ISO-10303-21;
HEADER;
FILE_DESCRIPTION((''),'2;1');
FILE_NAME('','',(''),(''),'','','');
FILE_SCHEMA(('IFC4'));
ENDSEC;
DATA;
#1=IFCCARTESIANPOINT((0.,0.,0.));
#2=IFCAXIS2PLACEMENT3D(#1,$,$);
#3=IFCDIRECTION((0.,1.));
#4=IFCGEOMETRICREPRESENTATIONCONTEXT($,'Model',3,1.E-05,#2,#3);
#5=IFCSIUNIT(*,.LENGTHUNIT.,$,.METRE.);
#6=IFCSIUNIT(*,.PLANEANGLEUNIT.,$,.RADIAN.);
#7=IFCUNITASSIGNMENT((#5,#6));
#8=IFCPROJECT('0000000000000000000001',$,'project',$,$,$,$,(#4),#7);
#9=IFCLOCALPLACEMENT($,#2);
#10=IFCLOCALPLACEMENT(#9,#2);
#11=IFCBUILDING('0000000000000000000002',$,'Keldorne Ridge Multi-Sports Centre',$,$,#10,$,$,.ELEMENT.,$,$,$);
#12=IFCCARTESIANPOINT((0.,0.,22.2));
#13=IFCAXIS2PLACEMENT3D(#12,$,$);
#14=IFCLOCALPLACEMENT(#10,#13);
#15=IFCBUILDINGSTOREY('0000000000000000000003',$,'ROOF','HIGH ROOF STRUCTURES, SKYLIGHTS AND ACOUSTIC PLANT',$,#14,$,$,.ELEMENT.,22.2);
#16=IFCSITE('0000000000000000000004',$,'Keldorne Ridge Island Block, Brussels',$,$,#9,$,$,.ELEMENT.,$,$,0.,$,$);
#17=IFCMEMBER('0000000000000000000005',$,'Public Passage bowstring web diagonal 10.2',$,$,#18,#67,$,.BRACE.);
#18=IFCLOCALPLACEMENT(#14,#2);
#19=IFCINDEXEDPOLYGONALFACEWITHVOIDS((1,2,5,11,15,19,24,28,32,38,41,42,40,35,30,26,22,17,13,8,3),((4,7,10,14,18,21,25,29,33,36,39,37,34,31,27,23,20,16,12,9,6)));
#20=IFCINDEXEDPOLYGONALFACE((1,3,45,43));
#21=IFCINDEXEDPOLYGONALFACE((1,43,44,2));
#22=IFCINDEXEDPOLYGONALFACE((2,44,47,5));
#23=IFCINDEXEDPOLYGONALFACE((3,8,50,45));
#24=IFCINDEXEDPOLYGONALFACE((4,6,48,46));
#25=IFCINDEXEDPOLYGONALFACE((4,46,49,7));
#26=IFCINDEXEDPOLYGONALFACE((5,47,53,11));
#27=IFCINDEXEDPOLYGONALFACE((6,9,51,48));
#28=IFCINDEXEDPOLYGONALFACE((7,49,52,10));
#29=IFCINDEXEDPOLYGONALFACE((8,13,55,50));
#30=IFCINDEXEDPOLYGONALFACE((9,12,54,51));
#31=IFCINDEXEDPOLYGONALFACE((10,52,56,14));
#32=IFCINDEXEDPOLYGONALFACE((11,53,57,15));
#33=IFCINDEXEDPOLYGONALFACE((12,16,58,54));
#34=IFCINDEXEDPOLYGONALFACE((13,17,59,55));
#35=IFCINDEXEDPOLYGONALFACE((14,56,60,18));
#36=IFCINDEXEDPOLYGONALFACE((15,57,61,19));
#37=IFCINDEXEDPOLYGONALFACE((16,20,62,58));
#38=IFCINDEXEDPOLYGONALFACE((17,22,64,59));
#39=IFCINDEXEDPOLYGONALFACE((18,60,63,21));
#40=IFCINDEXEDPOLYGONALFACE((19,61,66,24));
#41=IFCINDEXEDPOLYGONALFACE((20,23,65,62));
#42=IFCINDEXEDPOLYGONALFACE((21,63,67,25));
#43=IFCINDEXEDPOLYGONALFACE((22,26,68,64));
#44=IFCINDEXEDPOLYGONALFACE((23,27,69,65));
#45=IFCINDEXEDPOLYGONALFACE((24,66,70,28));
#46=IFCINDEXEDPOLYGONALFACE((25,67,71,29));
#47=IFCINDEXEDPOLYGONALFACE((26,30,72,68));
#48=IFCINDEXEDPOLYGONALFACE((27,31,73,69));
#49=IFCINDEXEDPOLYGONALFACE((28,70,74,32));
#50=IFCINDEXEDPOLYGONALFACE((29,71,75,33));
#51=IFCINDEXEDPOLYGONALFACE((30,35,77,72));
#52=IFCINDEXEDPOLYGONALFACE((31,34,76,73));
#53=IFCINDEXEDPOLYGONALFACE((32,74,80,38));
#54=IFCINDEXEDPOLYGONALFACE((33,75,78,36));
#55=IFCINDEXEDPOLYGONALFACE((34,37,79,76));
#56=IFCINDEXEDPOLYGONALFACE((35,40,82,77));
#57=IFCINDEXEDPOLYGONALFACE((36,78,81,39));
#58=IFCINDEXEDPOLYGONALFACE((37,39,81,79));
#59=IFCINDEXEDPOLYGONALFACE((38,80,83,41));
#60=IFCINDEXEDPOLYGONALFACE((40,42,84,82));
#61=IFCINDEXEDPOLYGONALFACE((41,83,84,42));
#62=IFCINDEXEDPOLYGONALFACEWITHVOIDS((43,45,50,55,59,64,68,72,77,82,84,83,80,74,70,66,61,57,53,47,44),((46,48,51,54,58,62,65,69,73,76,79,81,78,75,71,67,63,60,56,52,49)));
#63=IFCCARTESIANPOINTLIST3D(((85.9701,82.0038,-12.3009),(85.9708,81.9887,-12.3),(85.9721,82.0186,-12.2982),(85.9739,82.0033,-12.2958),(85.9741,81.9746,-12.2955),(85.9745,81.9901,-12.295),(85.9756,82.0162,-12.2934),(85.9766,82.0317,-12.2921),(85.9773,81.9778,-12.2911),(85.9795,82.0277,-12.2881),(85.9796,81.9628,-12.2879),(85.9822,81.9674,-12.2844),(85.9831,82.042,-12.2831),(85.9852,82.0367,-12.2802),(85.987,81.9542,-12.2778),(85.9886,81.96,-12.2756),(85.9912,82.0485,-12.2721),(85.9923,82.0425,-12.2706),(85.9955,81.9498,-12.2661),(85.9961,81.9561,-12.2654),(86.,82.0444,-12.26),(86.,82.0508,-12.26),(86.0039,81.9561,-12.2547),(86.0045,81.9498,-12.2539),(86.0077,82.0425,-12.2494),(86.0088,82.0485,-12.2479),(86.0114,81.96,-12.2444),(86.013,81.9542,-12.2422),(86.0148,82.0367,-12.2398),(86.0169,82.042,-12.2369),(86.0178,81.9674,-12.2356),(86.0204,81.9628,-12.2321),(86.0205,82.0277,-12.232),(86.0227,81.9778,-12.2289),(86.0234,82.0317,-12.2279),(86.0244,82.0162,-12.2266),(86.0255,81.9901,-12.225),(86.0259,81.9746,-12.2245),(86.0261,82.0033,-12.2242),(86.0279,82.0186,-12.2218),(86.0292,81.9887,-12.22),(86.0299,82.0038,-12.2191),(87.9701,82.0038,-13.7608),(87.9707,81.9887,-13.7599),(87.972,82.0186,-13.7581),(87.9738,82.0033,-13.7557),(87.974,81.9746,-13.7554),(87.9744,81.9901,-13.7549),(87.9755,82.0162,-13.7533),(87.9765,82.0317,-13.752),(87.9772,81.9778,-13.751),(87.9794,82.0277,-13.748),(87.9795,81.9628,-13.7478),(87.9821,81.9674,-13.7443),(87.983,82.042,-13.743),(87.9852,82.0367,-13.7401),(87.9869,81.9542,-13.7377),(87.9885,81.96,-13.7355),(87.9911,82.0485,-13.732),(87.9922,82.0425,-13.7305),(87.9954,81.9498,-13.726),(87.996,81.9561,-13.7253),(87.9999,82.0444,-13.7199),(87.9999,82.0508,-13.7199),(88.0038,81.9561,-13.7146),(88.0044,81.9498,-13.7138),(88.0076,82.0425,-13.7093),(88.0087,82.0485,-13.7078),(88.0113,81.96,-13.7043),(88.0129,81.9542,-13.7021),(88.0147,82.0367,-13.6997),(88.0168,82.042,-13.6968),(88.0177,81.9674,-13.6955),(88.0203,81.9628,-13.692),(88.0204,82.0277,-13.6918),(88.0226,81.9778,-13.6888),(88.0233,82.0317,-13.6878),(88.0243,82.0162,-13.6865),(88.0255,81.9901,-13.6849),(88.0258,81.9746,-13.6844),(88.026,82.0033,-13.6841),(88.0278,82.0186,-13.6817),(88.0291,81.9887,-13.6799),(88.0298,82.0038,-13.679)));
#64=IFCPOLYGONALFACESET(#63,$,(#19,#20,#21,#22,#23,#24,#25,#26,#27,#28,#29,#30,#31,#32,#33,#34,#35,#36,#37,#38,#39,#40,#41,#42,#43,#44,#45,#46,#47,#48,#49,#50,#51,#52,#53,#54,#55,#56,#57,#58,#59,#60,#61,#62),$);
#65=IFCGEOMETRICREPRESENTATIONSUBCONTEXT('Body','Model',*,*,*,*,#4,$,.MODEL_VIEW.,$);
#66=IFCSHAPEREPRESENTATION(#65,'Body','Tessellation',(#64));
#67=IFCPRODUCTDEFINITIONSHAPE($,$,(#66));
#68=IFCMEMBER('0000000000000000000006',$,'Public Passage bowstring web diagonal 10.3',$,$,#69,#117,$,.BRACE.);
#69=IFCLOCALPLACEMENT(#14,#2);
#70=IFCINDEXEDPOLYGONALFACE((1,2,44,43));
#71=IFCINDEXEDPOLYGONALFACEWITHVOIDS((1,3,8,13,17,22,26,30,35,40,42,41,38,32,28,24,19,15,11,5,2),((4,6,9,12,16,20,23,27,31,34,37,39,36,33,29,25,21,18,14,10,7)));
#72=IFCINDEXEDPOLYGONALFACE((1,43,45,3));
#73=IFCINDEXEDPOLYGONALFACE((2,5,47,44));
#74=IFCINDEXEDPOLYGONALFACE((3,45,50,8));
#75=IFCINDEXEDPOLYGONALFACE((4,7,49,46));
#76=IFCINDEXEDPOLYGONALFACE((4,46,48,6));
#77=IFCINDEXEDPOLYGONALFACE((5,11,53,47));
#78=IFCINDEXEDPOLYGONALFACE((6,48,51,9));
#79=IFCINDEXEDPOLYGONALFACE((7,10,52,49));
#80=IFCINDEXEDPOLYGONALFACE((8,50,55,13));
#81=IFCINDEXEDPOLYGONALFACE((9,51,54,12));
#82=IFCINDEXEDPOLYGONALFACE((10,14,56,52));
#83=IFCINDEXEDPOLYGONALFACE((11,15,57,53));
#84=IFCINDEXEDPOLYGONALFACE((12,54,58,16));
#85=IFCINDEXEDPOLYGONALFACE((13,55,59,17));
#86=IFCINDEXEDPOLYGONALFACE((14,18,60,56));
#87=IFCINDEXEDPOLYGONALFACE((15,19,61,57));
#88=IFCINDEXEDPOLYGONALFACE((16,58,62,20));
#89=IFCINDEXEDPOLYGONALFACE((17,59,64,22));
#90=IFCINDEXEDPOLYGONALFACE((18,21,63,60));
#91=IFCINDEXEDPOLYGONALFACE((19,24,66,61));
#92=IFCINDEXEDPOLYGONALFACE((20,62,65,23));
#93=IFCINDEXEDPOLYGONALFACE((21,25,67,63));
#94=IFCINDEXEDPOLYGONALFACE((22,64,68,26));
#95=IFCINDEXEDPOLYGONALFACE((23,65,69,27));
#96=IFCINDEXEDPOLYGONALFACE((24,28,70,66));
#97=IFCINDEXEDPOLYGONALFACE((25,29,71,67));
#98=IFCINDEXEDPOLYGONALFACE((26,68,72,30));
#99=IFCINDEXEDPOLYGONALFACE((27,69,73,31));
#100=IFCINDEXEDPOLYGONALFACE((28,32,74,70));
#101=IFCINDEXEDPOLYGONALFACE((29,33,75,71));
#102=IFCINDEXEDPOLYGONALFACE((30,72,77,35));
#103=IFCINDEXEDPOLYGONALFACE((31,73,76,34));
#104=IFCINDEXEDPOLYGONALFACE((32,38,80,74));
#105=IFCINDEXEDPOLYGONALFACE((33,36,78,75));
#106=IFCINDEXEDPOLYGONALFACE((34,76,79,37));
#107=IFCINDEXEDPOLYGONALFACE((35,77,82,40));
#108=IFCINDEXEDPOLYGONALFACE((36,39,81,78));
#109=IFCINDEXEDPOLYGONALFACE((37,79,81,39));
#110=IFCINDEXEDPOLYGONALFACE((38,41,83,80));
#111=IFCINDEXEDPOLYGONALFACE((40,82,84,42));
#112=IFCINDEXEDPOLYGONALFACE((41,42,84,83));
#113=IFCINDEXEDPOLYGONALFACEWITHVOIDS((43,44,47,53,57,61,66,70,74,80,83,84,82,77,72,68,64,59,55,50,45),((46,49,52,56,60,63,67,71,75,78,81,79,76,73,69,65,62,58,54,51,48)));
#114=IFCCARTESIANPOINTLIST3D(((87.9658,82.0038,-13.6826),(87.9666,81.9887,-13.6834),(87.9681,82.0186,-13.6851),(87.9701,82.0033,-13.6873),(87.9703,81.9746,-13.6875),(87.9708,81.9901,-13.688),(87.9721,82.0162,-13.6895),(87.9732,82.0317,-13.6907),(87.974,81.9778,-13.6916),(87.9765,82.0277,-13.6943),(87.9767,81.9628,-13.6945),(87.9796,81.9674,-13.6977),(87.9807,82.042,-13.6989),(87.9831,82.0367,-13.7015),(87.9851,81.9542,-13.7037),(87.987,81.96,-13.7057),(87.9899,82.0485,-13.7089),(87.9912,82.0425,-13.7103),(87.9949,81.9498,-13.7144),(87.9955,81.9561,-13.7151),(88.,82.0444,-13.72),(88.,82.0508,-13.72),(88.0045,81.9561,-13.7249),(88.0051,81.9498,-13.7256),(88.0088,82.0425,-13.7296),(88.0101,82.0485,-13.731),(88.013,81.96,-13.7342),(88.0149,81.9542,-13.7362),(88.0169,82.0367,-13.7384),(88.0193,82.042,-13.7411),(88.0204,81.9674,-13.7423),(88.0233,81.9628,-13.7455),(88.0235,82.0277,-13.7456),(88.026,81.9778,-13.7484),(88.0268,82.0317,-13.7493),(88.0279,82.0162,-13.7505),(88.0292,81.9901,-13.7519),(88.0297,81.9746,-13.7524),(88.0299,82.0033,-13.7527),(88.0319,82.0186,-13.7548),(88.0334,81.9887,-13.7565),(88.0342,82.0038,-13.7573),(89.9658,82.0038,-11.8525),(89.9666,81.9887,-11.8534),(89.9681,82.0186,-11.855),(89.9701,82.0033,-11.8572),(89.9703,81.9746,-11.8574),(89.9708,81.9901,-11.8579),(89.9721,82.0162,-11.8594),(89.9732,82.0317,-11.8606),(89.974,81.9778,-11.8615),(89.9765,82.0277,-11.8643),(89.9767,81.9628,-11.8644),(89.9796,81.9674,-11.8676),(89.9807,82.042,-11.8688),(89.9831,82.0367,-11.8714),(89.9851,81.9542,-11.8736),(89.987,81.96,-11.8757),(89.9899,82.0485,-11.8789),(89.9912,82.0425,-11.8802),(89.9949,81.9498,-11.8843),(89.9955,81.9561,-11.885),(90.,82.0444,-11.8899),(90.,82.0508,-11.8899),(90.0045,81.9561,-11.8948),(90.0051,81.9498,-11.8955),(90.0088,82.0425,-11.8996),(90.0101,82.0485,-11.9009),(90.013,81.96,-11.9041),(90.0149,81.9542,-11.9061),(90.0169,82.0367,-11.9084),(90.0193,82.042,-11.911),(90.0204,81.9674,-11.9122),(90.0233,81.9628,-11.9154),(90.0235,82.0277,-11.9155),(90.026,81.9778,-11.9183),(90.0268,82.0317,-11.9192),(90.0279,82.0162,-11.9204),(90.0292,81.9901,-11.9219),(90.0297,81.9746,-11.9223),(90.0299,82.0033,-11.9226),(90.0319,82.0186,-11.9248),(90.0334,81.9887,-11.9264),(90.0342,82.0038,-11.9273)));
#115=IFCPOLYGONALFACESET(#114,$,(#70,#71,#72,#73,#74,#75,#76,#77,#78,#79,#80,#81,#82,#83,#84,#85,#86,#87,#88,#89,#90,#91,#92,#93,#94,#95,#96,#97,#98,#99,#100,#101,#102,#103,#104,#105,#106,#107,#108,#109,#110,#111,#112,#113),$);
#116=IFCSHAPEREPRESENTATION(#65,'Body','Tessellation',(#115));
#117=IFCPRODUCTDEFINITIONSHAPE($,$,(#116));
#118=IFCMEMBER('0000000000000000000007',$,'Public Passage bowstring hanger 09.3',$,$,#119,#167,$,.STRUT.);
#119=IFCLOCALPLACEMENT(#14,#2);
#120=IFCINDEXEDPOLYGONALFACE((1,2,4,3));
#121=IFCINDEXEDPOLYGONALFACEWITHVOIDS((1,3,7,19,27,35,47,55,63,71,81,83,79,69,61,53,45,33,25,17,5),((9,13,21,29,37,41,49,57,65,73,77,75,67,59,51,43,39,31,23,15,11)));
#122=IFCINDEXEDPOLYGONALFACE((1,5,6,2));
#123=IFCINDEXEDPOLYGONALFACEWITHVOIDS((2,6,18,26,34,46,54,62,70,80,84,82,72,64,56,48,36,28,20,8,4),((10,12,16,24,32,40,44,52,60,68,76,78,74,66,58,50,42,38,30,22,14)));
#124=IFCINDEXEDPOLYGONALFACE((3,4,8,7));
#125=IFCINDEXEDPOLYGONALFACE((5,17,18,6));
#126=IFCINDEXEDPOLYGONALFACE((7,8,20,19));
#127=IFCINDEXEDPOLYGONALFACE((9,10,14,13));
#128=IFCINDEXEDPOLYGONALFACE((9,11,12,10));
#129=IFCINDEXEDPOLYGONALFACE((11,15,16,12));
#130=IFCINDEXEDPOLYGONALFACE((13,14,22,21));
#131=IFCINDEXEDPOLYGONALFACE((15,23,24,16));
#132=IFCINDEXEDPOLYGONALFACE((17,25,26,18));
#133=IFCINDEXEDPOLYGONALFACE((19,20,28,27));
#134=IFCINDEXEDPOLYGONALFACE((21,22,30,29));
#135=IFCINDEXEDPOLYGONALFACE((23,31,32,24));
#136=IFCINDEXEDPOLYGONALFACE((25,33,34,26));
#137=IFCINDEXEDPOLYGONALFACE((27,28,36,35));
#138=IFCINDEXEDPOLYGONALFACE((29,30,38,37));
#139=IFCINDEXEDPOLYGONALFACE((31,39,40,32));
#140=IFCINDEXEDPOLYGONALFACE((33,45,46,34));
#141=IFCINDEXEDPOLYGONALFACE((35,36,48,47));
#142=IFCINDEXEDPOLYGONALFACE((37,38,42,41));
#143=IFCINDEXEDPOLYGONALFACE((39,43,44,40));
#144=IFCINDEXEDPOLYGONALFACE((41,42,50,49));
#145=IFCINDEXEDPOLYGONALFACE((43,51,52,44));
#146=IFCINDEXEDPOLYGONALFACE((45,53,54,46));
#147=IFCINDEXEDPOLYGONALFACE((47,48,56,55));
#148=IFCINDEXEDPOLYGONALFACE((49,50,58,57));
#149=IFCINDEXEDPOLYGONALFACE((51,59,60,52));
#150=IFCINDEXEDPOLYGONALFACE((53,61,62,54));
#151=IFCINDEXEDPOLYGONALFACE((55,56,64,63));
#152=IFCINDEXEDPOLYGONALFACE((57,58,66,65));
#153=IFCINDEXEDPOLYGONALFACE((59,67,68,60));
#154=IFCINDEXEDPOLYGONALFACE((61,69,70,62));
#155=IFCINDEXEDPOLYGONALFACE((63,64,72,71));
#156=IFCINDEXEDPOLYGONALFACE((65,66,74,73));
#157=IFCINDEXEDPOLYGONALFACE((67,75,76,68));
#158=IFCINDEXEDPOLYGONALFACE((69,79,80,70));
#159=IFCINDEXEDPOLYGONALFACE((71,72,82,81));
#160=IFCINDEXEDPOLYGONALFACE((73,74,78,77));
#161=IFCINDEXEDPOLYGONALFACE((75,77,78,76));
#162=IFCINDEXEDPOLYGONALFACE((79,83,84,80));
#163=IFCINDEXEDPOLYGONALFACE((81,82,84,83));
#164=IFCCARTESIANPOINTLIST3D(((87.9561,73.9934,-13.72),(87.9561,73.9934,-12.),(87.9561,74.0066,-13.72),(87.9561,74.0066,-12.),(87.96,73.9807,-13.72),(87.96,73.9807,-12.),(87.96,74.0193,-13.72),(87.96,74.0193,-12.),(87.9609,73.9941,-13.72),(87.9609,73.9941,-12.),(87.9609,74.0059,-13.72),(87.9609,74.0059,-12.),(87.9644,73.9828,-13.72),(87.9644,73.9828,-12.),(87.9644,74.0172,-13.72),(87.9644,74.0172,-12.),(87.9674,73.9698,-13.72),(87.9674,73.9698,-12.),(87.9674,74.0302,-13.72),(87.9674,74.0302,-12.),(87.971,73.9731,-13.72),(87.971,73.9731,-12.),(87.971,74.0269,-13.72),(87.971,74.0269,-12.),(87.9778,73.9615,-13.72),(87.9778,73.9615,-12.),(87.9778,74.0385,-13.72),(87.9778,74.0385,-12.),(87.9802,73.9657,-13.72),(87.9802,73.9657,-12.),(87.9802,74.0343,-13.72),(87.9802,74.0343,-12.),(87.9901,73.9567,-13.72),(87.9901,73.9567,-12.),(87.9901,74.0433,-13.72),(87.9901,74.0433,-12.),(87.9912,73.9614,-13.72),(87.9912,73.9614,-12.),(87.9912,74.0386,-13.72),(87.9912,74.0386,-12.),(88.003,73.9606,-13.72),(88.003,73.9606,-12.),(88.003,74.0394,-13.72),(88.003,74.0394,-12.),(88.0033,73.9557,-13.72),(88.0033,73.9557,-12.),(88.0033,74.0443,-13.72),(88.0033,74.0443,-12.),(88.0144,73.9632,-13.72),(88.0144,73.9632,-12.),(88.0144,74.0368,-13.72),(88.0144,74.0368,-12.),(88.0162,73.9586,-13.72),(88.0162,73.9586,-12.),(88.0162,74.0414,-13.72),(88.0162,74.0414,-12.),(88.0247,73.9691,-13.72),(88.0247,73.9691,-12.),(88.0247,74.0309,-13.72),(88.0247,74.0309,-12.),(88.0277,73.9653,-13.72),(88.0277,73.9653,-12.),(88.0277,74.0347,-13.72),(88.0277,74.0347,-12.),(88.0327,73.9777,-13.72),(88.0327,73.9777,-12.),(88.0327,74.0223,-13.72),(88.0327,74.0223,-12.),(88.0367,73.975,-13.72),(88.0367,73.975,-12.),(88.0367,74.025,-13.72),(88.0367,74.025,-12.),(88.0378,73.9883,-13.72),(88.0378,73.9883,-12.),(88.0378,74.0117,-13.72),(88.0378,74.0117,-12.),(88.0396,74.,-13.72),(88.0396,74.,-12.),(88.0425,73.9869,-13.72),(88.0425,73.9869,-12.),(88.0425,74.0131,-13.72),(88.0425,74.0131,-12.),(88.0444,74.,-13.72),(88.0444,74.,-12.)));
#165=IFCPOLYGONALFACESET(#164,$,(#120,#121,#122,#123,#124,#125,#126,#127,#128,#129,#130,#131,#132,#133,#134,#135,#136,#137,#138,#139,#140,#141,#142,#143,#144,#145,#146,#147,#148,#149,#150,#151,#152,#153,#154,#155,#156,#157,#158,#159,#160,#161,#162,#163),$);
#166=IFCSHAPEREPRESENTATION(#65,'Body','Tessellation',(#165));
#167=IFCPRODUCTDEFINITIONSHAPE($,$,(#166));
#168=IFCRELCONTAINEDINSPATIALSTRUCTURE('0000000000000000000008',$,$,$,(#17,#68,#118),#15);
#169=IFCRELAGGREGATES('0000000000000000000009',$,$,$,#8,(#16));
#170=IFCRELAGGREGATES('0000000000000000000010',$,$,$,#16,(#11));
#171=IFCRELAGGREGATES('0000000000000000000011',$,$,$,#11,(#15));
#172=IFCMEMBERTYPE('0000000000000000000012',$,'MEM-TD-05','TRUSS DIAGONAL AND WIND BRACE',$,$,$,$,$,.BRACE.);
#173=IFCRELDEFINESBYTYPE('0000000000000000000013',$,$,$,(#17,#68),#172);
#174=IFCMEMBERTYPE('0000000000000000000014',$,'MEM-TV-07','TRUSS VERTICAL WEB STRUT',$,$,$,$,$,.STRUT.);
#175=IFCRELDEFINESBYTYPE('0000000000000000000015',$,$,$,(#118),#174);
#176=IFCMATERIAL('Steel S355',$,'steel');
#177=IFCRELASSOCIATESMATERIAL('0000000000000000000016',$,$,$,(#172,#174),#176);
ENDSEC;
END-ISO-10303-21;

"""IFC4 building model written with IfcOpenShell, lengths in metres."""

from ifc_helpers import new_model, si_unit, direction, frame, origin, origin_2d, place, context, subcontext, project, spatial, hollow_circle, extrude, material, material_profile, profile_set, type_object, element, save


model = new_model("IFC4")

# Units and contexts
model_context = context("Model", 3, precision=1e-05, world=origin(), true_north=direction((0.0, 1.0)))
body_context = subcontext(model_context, "Body", "Model", "MODEL_VIEW")
ifc_project = project(units=[si_unit("LENGTHUNIT", "METRE"), si_unit("PLANEANGLEUNIT", "RADIAN")], contexts=[model_context])

# Site, building, storey
site_placement = place(None, origin())
site = spatial("IfcSite", under=ifc_project, at=site_placement, Name="Keldorne Ridge Island Block, Brussels", CompositionType="ELEMENT", RefElevation=0.0)
building_placement = place(site_placement, origin())
building = spatial("IfcBuilding", under=site, at=building_placement, Name="Keldorne Ridge Multi-Sports Centre", CompositionType="ELEMENT")
storey_placement = place(building_placement, frame((0.0, 0.0, 22.2)))
storey = spatial("IfcBuildingStorey", under=building, at=storey_placement, Name="ROOF", Description="HIGH ROOF STRUCTURES, SKYLIGHTS AND ACOUSTIC PLANT", CompositionType="ELEMENT", Elevation=22.2)

# Members
ifc_material = material(Name="Steel S355", Category="steel")
ifc_material_profile_1 = material_profile(ifc_material, hollow_circle(Radius=0.0508, WallThickness=0.0063, at=origin_2d()), Name="CHS 101.6x6.3")
ifc_profile_set_1 = profile_set([ifc_material_profile_1], Name="Steel S355")
member_type_1 = type_object("IfcMemberType", Name="MEM-TD-05", Description="TRUSS DIAGONAL AND WIND BRACE", PredefinedType="BRACE", material=ifc_profile_set_1)
for number, where, z_axis, x_axis, name in (
    (1, (86.0, 82.0, -12.26), (0.807695, 0.0, -0.589601), (0.0, 1.0, 0.0), "Public Passage bowstring web diagonal 10.2"),
):
    element("IfcMember", number, at=place(storey_placement, frame(where, z_axis=z_axis, x_axis=x_axis)), inside=storey, type_object=member_type_1, Name=name, PredefinedType="BRACE", context=body_context, shape_type="SweptSolid", body=[
        extrude(hollow_circle(Radius=0.0508, WallThickness=0.0063, at=origin_2d()), origin(), (0.0, 0.0, 1.0), 2.4761),
    ])
member_1_placement = place(storey_placement, frame((88.0, 82.0, -13.72), z_axis=(0.737752, 0.0, 0.675072), x_axis=(0.0, 1.0, 0.0)))
element("IfcMember", 2, at=member_1_placement, inside=storey, type_object=member_type_1, Name="Public Passage bowstring web diagonal 10.3", PredefinedType="BRACE", context=body_context, shape_type="SweptSolid", body=[
    extrude(hollow_circle(Radius=0.0508, WallThickness=0.0063, at=origin_2d()), origin(), (0.0, 0.0, 1.0), 2.7109),
])
ifc_material_profile_2 = material_profile(ifc_material, hollow_circle(Radius=0.0444, WallThickness=0.0049, at=origin_2d()), Name="CHS 88.9x5")
ifc_profile_set_2 = profile_set([ifc_material_profile_2], Name="Steel S355")
member_type_2 = type_object("IfcMemberType", Name="MEM-TV-07", Description="TRUSS VERTICAL WEB STRUT", PredefinedType="STRUT", material=ifc_profile_set_2)
member_2_placement = place(storey_placement, frame((88.0, 74.0, -13.72), z_axis=(0.0, 0.0, 1.0), x_axis=(1.0, 0.0, 0.0)))
element("IfcMember", 3, at=member_2_placement, inside=storey, type_object=member_type_2, Name="Public Passage bowstring hanger 09.3", PredefinedType="STRUT", context=body_context, shape_type="SweptSolid", body=[
    extrude(hollow_circle(Radius=0.0444, WallThickness=0.0049, at=origin_2d()), origin(), (0.0, 0.0, 1.0), 1.72),
])

save(model, "model.ifc")
